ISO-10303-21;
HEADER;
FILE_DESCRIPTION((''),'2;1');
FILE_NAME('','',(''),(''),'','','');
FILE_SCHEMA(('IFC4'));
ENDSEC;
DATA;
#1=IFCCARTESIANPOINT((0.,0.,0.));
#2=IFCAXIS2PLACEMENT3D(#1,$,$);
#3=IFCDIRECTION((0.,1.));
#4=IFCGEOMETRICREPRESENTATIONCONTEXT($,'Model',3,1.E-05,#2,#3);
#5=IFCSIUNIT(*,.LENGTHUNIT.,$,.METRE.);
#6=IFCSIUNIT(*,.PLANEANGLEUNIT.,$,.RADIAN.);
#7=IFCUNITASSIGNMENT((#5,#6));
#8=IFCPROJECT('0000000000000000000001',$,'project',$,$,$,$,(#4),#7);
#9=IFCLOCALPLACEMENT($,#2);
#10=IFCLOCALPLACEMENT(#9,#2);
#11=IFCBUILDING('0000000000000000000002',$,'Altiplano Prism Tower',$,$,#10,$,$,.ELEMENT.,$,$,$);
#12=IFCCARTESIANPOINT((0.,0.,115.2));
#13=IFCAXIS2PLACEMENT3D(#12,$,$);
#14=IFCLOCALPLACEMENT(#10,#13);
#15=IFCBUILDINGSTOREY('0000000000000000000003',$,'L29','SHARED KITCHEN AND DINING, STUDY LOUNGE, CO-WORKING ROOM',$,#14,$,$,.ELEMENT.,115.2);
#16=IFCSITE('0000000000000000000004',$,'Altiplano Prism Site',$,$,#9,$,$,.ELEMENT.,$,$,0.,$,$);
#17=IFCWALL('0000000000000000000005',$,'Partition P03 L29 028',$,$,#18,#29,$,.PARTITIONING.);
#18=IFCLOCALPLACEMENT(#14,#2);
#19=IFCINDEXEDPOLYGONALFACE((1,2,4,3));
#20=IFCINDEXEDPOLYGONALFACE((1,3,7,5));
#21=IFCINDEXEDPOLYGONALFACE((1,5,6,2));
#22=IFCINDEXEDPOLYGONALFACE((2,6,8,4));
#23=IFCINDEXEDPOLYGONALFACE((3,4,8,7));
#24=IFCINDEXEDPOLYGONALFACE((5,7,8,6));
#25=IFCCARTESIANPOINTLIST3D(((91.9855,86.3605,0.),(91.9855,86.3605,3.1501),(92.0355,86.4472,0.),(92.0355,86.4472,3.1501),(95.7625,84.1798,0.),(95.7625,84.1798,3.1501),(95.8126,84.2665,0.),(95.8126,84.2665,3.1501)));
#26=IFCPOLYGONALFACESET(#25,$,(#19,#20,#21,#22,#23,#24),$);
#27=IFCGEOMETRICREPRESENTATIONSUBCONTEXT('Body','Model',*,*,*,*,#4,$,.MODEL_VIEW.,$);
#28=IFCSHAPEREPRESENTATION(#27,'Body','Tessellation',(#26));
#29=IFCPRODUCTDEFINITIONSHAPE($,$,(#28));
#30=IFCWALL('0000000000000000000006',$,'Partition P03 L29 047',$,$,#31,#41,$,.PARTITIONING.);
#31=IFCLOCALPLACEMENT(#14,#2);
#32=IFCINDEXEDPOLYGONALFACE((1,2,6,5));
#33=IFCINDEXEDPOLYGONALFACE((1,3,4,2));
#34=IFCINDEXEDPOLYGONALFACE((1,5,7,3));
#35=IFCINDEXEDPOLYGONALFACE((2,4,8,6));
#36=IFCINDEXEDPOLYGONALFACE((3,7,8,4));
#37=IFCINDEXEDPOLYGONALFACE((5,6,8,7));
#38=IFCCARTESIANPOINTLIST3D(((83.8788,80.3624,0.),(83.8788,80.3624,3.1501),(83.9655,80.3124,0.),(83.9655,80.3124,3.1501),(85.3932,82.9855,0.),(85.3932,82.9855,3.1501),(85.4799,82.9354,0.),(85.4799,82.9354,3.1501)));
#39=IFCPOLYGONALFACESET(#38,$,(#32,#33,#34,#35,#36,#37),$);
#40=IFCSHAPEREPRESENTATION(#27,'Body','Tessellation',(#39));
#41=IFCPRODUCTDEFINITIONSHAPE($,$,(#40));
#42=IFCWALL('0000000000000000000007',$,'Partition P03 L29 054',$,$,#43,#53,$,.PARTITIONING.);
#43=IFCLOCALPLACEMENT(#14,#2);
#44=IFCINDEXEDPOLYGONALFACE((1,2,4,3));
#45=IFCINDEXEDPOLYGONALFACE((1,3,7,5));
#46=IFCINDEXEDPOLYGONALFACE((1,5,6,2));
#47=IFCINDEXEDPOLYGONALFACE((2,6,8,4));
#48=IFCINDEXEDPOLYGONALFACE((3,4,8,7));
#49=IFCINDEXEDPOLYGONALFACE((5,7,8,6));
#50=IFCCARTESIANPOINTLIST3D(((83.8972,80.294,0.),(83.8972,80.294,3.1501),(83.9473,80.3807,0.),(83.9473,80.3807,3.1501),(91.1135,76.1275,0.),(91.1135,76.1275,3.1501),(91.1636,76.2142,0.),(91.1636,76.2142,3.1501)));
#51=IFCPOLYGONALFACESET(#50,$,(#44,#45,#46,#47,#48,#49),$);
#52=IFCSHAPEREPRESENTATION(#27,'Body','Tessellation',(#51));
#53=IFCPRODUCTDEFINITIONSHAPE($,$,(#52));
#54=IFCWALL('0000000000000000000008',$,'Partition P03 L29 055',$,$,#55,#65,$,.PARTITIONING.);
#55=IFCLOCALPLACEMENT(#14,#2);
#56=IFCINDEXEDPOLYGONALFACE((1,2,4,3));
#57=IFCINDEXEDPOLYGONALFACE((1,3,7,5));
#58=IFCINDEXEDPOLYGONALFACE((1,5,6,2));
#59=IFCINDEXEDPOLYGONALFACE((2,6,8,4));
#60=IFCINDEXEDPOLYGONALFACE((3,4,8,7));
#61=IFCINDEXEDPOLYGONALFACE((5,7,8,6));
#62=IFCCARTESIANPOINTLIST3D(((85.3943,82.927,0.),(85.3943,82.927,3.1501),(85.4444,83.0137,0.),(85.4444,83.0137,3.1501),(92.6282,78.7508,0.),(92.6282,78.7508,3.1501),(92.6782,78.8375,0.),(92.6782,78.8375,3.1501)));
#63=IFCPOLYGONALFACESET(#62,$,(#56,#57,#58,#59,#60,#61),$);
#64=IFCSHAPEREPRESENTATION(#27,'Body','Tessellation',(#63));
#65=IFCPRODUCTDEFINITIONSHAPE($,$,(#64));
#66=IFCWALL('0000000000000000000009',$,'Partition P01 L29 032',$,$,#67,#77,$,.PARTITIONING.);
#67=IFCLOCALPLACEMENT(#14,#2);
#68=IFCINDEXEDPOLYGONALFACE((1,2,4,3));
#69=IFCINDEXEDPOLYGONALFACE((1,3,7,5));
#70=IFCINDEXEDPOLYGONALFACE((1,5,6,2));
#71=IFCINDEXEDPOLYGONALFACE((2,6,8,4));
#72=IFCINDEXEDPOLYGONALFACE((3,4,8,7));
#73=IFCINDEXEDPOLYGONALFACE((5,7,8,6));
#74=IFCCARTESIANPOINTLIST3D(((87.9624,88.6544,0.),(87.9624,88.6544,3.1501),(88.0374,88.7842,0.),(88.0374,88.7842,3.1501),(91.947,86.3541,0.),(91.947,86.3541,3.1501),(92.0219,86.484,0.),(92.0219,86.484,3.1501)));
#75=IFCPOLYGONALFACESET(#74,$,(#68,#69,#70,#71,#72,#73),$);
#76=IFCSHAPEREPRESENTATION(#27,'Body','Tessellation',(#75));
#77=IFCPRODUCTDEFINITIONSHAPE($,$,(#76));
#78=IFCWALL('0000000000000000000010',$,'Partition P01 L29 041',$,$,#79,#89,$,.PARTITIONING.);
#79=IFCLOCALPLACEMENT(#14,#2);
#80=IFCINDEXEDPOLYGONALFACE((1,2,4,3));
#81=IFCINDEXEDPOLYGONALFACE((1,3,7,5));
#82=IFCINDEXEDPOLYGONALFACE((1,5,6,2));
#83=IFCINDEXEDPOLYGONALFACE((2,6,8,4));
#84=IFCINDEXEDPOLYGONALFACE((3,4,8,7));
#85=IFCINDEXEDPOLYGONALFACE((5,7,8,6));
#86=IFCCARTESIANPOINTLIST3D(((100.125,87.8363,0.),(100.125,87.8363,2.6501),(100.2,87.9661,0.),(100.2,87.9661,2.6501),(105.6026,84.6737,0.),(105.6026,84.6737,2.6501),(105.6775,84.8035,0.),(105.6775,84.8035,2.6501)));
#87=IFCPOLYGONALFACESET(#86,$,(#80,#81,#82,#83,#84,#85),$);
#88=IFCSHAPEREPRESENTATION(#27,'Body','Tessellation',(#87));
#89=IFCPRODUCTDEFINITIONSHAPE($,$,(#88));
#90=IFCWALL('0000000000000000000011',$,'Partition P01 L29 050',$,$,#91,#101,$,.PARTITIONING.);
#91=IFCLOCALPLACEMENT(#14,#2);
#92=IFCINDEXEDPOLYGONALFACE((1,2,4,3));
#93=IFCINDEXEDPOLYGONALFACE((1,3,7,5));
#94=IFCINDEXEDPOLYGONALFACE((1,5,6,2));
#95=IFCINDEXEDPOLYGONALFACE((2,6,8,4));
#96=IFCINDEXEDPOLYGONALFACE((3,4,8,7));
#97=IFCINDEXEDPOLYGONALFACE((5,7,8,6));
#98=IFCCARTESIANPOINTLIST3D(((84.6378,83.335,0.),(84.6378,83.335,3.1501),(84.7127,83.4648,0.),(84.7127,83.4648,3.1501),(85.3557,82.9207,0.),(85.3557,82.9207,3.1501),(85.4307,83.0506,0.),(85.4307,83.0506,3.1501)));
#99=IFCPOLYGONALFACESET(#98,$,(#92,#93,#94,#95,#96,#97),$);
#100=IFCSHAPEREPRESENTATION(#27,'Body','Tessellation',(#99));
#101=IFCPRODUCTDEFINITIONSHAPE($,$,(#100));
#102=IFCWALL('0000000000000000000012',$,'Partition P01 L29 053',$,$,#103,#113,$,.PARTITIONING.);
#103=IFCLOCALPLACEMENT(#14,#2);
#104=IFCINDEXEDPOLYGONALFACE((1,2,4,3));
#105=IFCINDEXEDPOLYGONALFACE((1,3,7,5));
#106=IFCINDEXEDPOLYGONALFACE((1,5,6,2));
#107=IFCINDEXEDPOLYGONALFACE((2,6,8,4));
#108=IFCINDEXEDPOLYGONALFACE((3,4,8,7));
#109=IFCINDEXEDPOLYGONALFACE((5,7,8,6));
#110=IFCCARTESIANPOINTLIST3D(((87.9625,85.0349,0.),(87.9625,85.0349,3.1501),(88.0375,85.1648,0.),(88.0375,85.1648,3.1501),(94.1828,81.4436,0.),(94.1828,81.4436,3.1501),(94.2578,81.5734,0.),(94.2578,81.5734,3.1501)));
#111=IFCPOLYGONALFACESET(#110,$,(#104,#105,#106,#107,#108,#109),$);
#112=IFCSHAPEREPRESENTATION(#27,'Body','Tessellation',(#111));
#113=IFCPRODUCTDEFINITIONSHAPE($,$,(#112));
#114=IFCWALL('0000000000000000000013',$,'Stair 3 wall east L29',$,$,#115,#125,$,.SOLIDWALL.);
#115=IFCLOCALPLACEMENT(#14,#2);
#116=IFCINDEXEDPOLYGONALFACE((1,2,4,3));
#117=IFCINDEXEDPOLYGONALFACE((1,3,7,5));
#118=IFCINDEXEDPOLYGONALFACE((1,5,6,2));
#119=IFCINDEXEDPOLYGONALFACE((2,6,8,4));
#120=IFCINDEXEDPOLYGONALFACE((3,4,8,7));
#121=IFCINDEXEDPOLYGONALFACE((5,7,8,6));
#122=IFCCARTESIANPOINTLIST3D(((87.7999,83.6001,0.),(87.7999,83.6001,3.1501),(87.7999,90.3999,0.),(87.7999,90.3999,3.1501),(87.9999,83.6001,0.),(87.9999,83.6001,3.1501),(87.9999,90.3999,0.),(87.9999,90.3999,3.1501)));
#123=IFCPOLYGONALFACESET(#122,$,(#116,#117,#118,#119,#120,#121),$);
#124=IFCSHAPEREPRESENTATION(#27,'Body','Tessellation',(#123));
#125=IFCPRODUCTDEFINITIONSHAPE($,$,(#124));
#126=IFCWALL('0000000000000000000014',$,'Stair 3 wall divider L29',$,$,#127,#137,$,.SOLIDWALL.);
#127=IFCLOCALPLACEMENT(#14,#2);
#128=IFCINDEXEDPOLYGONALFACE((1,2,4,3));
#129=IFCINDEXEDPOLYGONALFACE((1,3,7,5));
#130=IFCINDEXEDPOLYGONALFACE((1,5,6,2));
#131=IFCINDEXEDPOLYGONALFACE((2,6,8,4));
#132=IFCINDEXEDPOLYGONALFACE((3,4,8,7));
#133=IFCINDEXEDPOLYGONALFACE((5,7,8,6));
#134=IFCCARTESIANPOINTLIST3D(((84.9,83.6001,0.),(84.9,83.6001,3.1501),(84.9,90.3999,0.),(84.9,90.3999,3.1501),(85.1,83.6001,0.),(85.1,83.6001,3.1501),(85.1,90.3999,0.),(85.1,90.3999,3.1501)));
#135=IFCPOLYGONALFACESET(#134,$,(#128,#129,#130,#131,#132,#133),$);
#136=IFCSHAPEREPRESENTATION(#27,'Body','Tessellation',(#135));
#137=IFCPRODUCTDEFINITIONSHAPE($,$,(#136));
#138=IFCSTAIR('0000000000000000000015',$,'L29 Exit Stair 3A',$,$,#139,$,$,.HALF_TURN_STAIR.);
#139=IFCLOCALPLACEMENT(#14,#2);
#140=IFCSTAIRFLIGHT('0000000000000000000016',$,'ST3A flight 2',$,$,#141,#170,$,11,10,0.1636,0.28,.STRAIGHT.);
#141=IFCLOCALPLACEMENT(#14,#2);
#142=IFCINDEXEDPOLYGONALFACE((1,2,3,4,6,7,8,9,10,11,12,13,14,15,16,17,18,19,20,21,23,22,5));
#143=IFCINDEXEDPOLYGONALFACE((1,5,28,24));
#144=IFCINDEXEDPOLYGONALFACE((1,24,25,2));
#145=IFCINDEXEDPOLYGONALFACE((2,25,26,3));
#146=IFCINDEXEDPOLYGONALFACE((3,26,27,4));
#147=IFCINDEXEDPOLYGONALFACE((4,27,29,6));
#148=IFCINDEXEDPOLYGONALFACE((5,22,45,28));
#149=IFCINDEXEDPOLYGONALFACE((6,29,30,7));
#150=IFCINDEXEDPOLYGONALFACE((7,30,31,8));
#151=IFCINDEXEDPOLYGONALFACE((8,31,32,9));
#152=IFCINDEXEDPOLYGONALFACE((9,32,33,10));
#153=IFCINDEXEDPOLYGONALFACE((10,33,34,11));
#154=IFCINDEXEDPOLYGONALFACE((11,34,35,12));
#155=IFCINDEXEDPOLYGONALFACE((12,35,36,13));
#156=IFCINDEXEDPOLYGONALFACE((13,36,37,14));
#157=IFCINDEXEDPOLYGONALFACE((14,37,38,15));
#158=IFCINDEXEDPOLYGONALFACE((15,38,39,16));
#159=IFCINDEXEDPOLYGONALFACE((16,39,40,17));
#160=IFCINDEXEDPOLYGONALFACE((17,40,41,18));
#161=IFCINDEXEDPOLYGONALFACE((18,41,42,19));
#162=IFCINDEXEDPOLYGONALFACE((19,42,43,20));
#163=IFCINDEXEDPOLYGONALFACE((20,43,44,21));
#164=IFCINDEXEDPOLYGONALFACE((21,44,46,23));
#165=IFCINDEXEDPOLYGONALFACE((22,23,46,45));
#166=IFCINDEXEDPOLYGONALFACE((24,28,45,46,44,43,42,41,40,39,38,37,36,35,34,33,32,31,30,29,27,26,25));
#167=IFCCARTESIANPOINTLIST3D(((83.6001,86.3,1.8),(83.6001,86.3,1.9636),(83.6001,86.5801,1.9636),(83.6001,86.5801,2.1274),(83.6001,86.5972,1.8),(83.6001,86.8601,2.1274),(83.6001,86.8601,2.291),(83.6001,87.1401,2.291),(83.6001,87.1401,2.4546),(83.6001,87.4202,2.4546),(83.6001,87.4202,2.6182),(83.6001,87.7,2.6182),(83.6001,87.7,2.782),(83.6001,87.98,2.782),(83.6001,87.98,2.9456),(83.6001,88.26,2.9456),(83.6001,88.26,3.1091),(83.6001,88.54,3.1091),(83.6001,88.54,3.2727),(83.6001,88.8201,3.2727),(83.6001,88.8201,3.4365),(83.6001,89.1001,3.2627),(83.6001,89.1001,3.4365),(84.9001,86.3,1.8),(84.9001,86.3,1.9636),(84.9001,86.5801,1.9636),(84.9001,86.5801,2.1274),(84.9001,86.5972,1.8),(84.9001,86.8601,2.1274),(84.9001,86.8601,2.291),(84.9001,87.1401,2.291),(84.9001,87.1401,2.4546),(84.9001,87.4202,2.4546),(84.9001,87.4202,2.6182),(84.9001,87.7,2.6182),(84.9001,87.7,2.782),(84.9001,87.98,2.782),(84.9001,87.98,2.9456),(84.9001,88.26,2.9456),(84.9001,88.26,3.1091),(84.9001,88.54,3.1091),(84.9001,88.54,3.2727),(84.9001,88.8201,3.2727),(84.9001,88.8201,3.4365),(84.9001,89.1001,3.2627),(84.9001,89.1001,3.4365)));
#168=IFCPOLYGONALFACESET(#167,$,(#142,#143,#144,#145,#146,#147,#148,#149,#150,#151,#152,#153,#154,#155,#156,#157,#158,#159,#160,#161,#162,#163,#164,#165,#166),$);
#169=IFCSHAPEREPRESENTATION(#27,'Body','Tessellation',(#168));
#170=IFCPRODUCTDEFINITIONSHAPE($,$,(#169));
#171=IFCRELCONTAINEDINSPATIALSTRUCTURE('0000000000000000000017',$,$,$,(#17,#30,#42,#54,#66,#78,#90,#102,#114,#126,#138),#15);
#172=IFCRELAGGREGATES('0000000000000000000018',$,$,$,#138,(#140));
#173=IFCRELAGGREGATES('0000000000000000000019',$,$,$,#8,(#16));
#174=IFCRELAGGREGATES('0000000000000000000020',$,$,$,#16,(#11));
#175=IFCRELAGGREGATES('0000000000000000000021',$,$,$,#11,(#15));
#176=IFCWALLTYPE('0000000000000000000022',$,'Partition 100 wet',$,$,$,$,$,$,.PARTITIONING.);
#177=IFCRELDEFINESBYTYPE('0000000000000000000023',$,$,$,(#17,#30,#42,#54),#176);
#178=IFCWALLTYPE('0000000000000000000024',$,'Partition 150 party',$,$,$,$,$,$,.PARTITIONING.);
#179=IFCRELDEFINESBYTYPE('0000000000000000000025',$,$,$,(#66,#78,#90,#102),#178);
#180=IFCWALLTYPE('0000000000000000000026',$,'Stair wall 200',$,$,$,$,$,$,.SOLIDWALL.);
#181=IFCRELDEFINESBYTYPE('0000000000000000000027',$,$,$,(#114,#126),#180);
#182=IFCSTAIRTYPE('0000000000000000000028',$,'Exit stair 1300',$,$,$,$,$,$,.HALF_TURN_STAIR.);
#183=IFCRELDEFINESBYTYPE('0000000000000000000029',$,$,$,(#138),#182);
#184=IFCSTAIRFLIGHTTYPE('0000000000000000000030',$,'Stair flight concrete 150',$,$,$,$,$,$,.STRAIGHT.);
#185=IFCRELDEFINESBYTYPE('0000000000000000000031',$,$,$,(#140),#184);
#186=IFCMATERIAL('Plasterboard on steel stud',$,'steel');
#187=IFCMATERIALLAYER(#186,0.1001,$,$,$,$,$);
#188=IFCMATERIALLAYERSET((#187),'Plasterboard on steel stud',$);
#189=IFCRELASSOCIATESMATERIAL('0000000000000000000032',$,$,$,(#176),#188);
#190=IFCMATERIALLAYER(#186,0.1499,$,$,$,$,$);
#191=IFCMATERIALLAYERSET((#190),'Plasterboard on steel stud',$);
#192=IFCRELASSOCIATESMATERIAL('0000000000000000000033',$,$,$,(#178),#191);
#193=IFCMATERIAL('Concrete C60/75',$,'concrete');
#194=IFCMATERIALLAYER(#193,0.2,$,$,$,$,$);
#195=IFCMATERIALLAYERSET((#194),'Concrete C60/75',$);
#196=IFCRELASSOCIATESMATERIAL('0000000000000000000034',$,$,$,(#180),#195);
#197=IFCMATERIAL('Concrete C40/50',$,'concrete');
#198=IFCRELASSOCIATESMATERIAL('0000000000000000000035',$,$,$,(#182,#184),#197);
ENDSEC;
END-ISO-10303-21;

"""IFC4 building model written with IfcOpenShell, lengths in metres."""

from ifc_helpers import new_model, si_unit, direction, frame, frame_2d, origin, place, context, subcontext, project, spatial, polyline, rectangle, outline, extrude, material, layer, layer_set, type_object, element, aggregate, save


model = new_model("IFC4")

# Units and contexts
model_context = context("Model", 3, precision=1e-05, world=origin(), true_north=direction((0.0, 1.0)))
body_context = subcontext(model_context, "Body", "Model", "MODEL_VIEW")
ifc_project = project(units=[si_unit("LENGTHUNIT", "METRE"), si_unit("PLANEANGLEUNIT", "RADIAN")], contexts=[model_context])

# Site, building, storey
site_placement = place(None, origin())
site = spatial("IfcSite", under=ifc_project, at=site_placement, Name="Altiplano Prism Site", CompositionType="ELEMENT", RefElevation=0.0)
building_placement = place(site_placement, origin())
building = spatial("IfcBuilding", under=site, at=building_placement, Name="Altiplano Prism Tower", CompositionType="ELEMENT")
storey_placement = place(building_placement, frame((0.0, 0.0, 115.2)))
storey = spatial("IfcBuildingStorey", under=building, at=storey_placement, Name="L29", Description="SHARED KITCHEN AND DINING, STUDY LOUNGE, CO-WORKING ROOM", CompositionType="ELEMENT", Elevation=115.2)

# Shared definitions
ifc_material_1 = material(Name="Concrete C60/75", Category="concrete")

# Walls
ifc_material_2 = material(Name="Plasterboard on steel stud", Category="steel")
ifc_layer_1 = layer(ifc_material_2, 0.1001)
ifc_layer_set_1 = layer_set([ifc_layer_1], Name="Plasterboard on steel stud")
wall_type_1 = type_object("IfcWallType", Name="Partition 100 wet", PredefinedType="PARTITIONING", material=ifc_layer_set_1)
wall_1_placement = place(storey_placement, frame((92.0105, 86.4038, 0.0), z_axis=(0.0, 0.0, 1.0), x_axis=(0.86603, -0.499992, 0.0)))
element("IfcWall", 1, at=wall_1_placement, inside=storey, type_object=wall_type_1, Name="Partition P03 L29 028", PredefinedType="PARTITIONING", context=body_context, shape_type="SweptSolid", body=[
    extrude(rectangle(XDim=4.3613, YDim=0.1001, at=frame_2d((2.1807, 0.0))), origin(), (0.0, 0.0, 1.0), 3.1501),
])
wall_2_placement = place(storey_placement, frame((83.9221, 80.3374, 0.0), z_axis=(0.0, 0.0, 1.0), x_axis=(0.499997, 0.866027, 0.0)))
element("IfcWall", 2, at=wall_2_placement, inside=storey, type_object=wall_type_1, Name="Partition P03 L29 047", PredefinedType="PARTITIONING", context=body_context, shape_type="SweptSolid", body=[
    extrude(rectangle(XDim=3.0288, YDim=0.1001, at=frame_2d((1.5144, 0.0))), origin(), (0.0, 0.0, 1.0), 3.1501),
])
wall_3_placement = place(storey_placement, frame((83.9221, 80.3374, 0.0), z_axis=(0.0, 0.0, 1.0), x_axis=(0.866017, -0.500015, 0.0)))
element("IfcWall", 3, at=wall_3_placement, inside=storey, type_object=wall_type_1, Name="Partition P03 L29 054", PredefinedType="PARTITIONING", context=body_context, shape_type="SweptSolid", body=[
    extrude(rectangle(XDim=8.3328, YDim=0.1001, at=frame_2d((4.1665, 0.0))), origin(), (0.0, 0.0, 1.0), 3.1501),
])
wall_4_placement = place(storey_placement, frame((92.6531, 78.7942, 0.0), z_axis=(0.0, 0.0, 1.0), x_axis=(-0.866037, 0.499981, 0.0)))
element("IfcWall", 4, at=wall_4_placement, inside=storey, type_object=wall_type_1, Name="Partition P03 L29 055", PredefinedType="PARTITIONING", context=body_context, shape_type="SweptSolid", body=[
    extrude(rectangle(XDim=8.3528, YDim=0.1001, at=frame_2d((4.1763, 0.0))), origin(), (0.0, 0.0, 1.0), 3.1501),
])
ifc_layer_2 = layer(ifc_material_2, 0.1499)
ifc_layer_set_2 = layer_set([ifc_layer_2], Name="Plasterboard on steel stud")
wall_type_2 = type_object("IfcWallType", Name="Partition 150 party", PredefinedType="PARTITIONING", material=ifc_layer_set_2)
wall_5_placement = place(storey_placement, frame((88.0, 88.7192, 0.0), z_axis=(0.0, 0.0, 1.0), x_axis=(0.866047, -0.499963, 0.0)))
element("IfcWall", 5, at=wall_5_placement, inside=storey, type_object=wall_type_2, Name="Partition P01 L29 032", PredefinedType="PARTITIONING", context=body_context, shape_type="SweptSolid", body=[
    extrude(rectangle(XDim=4.6008, YDim=0.1499, at=frame_2d((2.3003, 0.0))), origin(), (0.0, 0.0, 1.0), 3.1501),
])
wall_6_placement = place(storey_placement, frame((105.6401, 84.7385, 0.0), z_axis=(0.0, 0.0, 1.0), x_axis=(-0.866016, 0.500016, 0.0)))
element("IfcWall", 6, at=wall_6_placement, inside=storey, type_object=wall_type_2, Name="Partition P01 L29 041", PredefinedType="PARTITIONING", context=body_context, shape_type="SweptSolid", body=[
    extrude(rectangle(XDim=6.325, YDim=0.1499, at=frame_2d((3.1626, 0.0))), origin(), (0.0, 0.0, 1.0), 2.6501),
])
wall_7_placement = place(storey_placement, frame((85.3933, 82.9856, 0.0), z_axis=(0.0, 0.0, 1.0), x_axis=(-0.866151, 0.499782, 0.0)))
element("IfcWall", 7, at=wall_7_placement, inside=storey, type_object=wall_type_2, Name="Partition P01 L29 050", PredefinedType="PARTITIONING", context=body_context, shape_type="SweptSolid", body=[
    extrude(rectangle(XDim=0.8289, YDim=0.1499, at=frame_2d((0.4146, 0.0))), origin(), (0.0, 0.0, 1.0), 3.1501),
])
wall_8_placement = place(storey_placement, frame((88.0, 85.0999, 0.0), z_axis=(0.0, 0.0, 1.0), x_axis=(0.866021, -0.500007, 0.0)))
element("IfcWall", 8, at=wall_8_placement, inside=storey, type_object=wall_type_2, Name="Partition P01 L29 053", PredefinedType="PARTITIONING", context=body_context, shape_type="SweptSolid", body=[
    extrude(rectangle(XDim=7.1826, YDim=0.1499, at=frame_2d((3.5913, 0.0))), origin(), (0.0, 0.0, 1.0), 3.1501),
])
ifc_layer_3 = layer(ifc_material_1, 0.2)
ifc_layer_set_3 = layer_set([ifc_layer_3], Name="Concrete C60/75")
wall_type_3 = type_object("IfcWallType", Name="Stair wall 200", PredefinedType="SOLIDWALL", material=ifc_layer_set_3)
for number, where, z_axis, x_axis, name in (
    (9, (87.8999, 83.6001, 0.0), (0.0, 0.0, 1.0), (0.0, 1.0, 0.0), "Stair 3 wall east L29"),
    (10, (85.0, 83.6001, 0.0), (0.0, 0.0, 1.0), (0.0, 1.0, 0.0), "Stair 3 wall divider L29"),
):
    element("IfcWall", number, at=place(storey_placement, frame(where, z_axis=z_axis, x_axis=x_axis)), inside=storey, type_object=wall_type_3, Name=name, PredefinedType="SOLIDWALL", context=body_context, shape_type="SweptSolid", body=[
        extrude(rectangle(XDim=6.7998, YDim=0.2, at=frame_2d((3.3999, 0.0))), origin(), (0.0, 0.0, 1.0), 3.1501),
    ])

# Stair, stair flight
ifc_material_3 = material(Name="Concrete C40/50", Category="concrete")
stair_type = type_object("IfcStairType", Name="Exit stair 1300", PredefinedType="HALF_TURN_STAIR", material=ifc_material_3)
stair_1_placement = place(storey_placement, origin())
stair_1 = element("IfcStair", 11, at=stair_1_placement, inside=storey, type_object=stair_type, Name="L29 Exit Stair 3A", PredefinedType="HALF_TURN_STAIR")
stair_flight_type = type_object("IfcStairFlightType", Name="Stair flight concrete 150", PredefinedType="STRAIGHT", material=ifc_material_3)
stair_flight_1_placement = place(storey_placement, frame((84.25, 86.3, 1.8), z_axis=(0.0, 0.0, 1.0), x_axis=(0.0, 1.0, 0.0)))
stair_flight_1 = element("IfcStairFlight", 12, at=stair_flight_1_placement, type_object=stair_flight_type, Name="ST3A flight 2", NumberOfRisers=11, NumberOfTreads=10, PredefinedType="STRAIGHT", RiserHeight=0.1636, TreadLength=0.28, context=body_context, shape_type="SweptSolid", body=[
    extrude(outline(polyline([(0.0, 0.0), (0.0, 0.1636), (0.28, 0.1636), (0.28, 0.3274), (0.5601, 0.3274), (0.5601, 0.491), (0.8401, 0.491), (0.8401, 0.6545), (1.1201, 0.6545), (1.1201, 0.8181), (1.3999, 0.8181), (1.3999, 0.9819), (1.6799, 0.9819), (1.6799, 1.1455), (1.96, 1.1455), (1.96, 1.3091), (2.24, 1.3091), (2.24, 1.4727), (2.52, 1.4727), (2.52, 1.6365), (2.8, 1.6365), (2.8, 1.8), (2.8, 1.4626), (0.2971, 0.0), (0.0, 0.0)])), frame((0.0, 0.6499, 0.0), z_axis=(0.0, -1.0, 0.0), x_axis=(1.0, 0.0, 0.0)), (0.0, 0.0, 1.0), 1.3),
])
aggregate(stair_1, [stair_flight_1])

save(model, "model.ifc")
